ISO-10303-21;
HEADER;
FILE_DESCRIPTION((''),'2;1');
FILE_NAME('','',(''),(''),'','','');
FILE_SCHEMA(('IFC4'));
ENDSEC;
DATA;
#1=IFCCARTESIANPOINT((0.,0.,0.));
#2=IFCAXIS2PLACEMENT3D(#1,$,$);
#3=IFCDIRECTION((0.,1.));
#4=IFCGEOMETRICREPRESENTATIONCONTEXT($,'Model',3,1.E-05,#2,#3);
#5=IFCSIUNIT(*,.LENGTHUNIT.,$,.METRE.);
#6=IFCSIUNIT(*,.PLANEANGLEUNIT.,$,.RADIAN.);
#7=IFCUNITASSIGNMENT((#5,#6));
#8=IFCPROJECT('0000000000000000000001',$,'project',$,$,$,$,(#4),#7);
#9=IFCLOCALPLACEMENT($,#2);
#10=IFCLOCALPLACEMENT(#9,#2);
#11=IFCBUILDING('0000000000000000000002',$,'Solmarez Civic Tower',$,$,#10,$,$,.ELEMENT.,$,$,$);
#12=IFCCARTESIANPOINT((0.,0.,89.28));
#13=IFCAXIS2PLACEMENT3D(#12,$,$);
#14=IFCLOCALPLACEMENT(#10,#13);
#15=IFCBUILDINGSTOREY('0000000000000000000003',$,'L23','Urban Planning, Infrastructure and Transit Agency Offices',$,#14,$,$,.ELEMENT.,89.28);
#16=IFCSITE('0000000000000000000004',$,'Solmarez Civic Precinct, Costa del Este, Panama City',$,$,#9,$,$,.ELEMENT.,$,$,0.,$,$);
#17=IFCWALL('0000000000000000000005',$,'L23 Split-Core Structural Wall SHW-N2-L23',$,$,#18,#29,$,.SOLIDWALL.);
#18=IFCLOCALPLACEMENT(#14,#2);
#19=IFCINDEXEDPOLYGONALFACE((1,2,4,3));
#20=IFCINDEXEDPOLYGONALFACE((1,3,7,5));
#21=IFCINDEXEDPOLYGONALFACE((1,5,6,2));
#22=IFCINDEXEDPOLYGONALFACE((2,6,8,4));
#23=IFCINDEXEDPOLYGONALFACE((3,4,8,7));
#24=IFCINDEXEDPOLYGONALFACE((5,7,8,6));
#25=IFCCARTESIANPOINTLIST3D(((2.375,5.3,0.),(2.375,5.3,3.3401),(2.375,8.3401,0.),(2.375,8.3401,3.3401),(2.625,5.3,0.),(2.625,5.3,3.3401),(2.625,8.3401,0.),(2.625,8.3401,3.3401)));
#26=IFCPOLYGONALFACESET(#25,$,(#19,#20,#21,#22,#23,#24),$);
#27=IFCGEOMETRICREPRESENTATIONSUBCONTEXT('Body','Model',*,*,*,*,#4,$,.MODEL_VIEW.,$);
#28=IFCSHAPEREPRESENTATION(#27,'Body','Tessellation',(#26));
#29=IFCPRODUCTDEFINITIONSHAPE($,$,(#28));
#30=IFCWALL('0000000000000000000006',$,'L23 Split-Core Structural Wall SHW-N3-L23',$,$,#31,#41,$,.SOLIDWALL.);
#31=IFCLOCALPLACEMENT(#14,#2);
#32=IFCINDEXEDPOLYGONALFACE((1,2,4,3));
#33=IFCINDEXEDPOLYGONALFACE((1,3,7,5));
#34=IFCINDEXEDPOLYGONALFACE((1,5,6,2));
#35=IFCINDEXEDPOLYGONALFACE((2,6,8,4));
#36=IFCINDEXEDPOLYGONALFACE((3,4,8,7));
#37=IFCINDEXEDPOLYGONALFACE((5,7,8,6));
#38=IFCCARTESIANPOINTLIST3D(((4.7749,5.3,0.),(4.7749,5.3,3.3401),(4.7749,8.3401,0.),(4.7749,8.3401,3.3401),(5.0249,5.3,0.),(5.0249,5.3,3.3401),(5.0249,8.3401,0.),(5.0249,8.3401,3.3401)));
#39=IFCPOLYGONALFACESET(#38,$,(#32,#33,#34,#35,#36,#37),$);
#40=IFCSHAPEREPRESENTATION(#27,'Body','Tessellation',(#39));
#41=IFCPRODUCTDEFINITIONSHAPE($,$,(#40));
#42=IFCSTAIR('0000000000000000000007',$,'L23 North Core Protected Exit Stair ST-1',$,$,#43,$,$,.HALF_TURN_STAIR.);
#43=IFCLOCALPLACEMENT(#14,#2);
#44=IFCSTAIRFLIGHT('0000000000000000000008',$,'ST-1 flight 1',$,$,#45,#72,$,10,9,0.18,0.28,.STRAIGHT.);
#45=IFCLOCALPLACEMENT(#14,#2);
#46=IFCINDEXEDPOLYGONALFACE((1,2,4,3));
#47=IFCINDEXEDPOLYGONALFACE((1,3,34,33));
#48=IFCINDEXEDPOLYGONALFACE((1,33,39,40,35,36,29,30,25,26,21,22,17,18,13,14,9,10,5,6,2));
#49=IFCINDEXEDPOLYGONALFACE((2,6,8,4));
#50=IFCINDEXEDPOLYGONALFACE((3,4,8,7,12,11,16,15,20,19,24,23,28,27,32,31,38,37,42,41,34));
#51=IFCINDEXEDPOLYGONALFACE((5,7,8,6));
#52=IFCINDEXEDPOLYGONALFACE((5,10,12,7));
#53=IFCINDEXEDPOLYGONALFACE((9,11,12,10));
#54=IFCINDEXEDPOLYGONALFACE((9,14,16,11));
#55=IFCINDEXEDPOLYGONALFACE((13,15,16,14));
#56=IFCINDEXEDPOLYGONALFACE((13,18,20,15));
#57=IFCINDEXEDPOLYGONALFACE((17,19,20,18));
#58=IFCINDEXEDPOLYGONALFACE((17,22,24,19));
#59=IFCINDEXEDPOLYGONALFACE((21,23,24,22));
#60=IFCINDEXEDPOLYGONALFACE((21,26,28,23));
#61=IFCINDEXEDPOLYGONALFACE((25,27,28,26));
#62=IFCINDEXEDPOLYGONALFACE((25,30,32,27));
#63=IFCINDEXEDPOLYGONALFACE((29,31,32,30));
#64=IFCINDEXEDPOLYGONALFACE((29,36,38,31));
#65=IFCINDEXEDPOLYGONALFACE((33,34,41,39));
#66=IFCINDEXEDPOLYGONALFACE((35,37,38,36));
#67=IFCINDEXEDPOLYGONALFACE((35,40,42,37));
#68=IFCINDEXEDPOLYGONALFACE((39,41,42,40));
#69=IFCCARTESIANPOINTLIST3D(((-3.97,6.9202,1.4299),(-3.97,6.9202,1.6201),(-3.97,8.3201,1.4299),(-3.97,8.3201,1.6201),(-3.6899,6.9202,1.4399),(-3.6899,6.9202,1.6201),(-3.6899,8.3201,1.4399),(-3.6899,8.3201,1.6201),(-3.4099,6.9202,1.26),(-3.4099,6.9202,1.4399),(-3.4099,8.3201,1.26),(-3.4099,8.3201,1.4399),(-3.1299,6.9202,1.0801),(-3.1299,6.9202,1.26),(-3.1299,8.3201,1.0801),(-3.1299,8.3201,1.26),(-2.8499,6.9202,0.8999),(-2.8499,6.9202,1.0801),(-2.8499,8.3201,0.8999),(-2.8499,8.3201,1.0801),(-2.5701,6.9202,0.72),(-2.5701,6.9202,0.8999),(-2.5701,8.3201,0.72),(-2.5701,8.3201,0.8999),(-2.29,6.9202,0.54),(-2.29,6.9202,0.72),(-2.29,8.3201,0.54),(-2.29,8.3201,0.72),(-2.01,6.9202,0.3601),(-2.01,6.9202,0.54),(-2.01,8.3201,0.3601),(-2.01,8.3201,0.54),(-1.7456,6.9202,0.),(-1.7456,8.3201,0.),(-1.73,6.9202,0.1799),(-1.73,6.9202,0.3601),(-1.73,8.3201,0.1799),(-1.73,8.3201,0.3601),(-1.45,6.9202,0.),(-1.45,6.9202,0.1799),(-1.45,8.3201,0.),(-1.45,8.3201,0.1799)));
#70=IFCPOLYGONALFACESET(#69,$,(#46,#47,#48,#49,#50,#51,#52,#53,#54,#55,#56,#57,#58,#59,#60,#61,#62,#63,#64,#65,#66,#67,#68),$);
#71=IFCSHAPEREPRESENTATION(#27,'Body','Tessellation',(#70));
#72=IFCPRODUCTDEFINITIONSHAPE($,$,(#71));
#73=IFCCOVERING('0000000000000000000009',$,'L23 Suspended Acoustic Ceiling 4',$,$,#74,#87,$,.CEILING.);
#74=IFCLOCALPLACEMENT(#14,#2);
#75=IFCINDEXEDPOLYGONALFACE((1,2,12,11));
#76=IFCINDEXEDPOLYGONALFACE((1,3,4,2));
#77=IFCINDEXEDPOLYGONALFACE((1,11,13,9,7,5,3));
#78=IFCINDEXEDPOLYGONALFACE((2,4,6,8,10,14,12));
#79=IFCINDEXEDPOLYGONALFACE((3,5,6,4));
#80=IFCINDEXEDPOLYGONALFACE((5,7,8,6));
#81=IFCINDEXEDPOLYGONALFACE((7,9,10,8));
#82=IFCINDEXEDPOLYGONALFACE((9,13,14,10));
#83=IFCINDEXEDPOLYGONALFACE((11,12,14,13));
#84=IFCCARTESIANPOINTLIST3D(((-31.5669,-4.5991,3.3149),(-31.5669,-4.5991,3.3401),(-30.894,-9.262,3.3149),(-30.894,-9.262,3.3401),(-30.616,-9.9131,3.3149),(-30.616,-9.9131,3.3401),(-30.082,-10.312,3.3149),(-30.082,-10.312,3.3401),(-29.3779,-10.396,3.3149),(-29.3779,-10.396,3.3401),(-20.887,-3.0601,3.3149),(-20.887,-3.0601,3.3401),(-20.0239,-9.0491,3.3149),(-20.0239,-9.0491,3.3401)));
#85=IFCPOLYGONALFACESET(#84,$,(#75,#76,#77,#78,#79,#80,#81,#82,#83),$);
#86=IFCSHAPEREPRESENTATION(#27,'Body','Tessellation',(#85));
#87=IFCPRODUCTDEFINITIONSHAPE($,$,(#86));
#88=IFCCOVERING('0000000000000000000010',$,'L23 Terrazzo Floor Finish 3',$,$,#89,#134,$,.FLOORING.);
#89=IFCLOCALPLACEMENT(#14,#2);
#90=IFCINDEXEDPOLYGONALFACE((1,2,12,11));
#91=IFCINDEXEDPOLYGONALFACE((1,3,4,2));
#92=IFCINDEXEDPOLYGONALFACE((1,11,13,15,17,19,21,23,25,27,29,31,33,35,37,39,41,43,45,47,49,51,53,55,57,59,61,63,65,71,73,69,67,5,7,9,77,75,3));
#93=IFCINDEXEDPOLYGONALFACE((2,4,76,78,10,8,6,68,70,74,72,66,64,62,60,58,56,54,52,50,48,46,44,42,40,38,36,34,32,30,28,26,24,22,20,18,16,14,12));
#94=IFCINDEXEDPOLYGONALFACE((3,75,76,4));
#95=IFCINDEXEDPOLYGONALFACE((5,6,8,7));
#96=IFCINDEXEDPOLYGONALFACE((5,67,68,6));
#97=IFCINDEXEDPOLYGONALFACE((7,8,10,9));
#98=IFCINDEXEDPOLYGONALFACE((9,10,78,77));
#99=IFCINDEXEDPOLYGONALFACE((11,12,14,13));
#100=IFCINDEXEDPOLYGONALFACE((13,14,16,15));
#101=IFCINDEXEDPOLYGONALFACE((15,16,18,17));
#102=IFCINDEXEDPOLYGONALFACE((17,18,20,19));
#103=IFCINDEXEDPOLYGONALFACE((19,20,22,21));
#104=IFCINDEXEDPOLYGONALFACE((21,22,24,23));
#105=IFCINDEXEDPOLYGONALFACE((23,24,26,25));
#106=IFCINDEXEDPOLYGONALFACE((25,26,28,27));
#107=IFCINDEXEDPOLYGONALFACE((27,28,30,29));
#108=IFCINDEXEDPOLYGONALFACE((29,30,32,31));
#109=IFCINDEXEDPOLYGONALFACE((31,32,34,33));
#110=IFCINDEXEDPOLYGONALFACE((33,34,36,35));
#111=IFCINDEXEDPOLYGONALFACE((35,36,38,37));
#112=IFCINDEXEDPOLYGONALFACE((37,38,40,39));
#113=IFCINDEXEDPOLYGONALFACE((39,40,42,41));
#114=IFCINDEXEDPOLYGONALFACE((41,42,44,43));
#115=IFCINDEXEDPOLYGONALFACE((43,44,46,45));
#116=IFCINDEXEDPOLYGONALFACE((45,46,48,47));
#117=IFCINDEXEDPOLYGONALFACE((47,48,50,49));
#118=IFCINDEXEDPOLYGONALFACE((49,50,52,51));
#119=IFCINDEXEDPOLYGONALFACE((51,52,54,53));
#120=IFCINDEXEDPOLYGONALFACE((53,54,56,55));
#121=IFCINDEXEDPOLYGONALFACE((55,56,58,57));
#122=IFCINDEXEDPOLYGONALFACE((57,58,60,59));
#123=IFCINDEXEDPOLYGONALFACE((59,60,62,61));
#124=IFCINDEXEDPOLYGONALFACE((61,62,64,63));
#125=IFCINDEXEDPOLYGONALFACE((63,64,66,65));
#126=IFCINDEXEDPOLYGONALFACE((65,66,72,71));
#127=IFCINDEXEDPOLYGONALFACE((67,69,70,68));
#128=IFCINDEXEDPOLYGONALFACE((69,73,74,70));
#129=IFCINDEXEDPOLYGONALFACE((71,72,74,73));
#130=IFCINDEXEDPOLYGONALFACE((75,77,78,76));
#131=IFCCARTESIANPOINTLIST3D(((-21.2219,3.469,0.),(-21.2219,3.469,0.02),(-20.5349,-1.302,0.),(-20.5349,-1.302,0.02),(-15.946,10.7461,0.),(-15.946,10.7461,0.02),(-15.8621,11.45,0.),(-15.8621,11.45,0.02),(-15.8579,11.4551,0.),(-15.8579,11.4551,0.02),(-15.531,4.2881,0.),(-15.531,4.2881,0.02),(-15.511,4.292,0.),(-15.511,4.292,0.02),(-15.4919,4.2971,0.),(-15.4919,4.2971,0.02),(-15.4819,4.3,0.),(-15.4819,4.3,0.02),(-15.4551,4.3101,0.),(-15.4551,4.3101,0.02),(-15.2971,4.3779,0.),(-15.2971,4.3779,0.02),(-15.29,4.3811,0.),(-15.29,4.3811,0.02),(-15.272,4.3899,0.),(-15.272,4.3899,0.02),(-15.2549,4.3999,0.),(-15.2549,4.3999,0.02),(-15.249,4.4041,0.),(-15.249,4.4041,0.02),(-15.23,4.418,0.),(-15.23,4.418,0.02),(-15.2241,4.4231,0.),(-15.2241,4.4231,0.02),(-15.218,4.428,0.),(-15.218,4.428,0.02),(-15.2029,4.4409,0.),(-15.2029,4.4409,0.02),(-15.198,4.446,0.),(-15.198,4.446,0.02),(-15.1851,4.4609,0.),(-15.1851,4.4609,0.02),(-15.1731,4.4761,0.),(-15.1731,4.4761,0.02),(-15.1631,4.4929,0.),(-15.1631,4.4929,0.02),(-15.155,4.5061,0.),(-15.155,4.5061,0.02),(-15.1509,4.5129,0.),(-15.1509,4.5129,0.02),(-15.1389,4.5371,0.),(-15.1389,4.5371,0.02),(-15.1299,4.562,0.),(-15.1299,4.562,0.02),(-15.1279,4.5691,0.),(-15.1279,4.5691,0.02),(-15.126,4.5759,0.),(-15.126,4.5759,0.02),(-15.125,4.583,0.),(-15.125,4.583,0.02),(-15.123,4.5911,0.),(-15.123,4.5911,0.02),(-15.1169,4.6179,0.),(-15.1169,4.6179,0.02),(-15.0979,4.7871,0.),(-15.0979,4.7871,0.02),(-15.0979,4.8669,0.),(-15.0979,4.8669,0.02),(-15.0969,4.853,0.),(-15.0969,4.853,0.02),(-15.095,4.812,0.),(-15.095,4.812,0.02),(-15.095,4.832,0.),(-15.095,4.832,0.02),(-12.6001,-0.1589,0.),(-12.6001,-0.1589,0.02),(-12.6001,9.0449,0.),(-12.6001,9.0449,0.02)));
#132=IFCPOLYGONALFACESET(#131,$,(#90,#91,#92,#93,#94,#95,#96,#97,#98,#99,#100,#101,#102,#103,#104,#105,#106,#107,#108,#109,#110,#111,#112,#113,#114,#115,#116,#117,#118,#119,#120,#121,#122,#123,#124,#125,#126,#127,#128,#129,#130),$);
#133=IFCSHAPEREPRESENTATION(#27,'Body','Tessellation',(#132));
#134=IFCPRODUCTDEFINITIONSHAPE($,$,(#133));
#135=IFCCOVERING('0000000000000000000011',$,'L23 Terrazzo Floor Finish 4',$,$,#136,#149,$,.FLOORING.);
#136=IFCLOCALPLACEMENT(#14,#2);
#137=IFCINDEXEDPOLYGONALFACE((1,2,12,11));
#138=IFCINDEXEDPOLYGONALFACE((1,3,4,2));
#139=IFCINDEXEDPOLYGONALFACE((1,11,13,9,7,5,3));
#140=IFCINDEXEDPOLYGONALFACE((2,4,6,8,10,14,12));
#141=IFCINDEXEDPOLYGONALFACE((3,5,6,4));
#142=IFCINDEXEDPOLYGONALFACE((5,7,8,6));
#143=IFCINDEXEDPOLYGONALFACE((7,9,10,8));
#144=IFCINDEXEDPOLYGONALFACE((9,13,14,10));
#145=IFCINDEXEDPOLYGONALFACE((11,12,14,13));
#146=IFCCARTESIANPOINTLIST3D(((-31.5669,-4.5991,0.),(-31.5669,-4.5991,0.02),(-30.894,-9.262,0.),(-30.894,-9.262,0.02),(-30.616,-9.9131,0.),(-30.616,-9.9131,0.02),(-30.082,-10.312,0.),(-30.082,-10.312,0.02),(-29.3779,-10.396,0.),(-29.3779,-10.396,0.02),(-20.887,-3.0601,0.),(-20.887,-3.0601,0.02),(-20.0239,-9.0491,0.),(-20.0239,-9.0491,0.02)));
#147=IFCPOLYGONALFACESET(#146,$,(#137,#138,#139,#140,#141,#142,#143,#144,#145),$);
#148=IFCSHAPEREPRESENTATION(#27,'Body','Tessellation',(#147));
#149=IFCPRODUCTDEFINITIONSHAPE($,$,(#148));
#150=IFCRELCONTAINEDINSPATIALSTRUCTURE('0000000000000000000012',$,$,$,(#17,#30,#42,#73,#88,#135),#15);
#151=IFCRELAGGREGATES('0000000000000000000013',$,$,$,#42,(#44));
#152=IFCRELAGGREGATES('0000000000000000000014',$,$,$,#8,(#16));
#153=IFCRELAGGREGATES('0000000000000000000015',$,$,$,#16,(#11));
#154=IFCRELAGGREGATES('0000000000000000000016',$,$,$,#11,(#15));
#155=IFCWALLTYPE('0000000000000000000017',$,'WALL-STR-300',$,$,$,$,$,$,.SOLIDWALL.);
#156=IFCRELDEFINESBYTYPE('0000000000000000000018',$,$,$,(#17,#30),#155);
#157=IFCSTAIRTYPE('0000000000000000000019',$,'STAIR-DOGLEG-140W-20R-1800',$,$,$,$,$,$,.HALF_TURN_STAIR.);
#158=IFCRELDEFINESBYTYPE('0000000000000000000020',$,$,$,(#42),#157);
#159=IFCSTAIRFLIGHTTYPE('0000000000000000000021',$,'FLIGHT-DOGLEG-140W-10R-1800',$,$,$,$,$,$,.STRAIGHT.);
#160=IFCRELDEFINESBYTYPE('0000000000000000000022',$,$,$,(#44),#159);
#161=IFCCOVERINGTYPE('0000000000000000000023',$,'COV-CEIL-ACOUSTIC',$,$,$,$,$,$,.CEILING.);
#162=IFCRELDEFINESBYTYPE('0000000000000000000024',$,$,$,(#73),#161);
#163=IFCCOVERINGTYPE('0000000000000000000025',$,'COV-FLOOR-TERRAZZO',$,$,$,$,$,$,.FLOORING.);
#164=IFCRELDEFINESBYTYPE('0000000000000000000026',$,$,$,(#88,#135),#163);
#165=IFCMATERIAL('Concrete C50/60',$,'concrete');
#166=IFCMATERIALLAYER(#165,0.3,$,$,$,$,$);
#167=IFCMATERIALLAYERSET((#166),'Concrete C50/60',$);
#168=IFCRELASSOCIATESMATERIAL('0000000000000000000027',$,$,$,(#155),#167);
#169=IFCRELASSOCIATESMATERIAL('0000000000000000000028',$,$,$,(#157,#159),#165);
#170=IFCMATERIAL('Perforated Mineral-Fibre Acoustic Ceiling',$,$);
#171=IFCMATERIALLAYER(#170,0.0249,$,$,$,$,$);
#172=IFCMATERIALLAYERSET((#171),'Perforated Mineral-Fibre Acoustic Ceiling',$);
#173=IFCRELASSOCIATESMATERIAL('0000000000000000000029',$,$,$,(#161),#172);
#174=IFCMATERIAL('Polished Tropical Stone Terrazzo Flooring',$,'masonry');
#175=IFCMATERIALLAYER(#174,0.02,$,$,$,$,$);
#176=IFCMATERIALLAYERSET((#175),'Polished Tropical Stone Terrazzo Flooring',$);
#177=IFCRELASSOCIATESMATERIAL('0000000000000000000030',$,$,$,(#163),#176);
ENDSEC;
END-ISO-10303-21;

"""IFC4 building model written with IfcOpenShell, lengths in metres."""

from ifc_helpers import new_model, si_unit, direction, frame, frame_2d, origin, place, context, subcontext, project, spatial, polyline, rectangle, outline, extrude, material, layer, layer_set, type_object, element, aggregate, save


model = new_model("IFC4")

# Units and contexts
model_context = context("Model", 3, precision=1e-05, world=origin(), true_north=direction((0.0, 1.0)))
body_context = subcontext(model_context, "Body", "Model", "MODEL_VIEW")
ifc_project = project(units=[si_unit("LENGTHUNIT", "METRE"), si_unit("PLANEANGLEUNIT", "RADIAN")], contexts=[model_context])

# Site, building, storey
site_placement = place(None, origin())
site = spatial("IfcSite", under=ifc_project, at=site_placement, Name="Solmarez Civic Precinct, Costa del Este, Panama City", CompositionType="ELEMENT", RefElevation=0.0)
building_placement = place(site_placement, origin())
building = spatial("IfcBuilding", under=site, at=building_placement, Name="Solmarez Civic Tower", CompositionType="ELEMENT")
storey_placement = place(building_placement, frame((0.0, 0.0, 89.28)))
storey = spatial("IfcBuildingStorey", under=building, at=storey_placement, Name="L23", Description="Urban Planning, Infrastructure and Transit Agency Offices", CompositionType="ELEMENT", Elevation=89.28)

# Shared definitions
ifc_material_1 = material(Name="Concrete C50/60", Category="concrete")
ifc_layer_1 = layer(ifc_material_1, 0.3)
ifc_layer_set_1 = layer_set([ifc_layer_1], Name="Concrete C50/60")
wall_type_1 = type_object("IfcWallType", Name="WALL-STR-300", PredefinedType="SOLIDWALL", material=ifc_layer_set_1)

# Walls
for number, where, z_axis, x_axis, name in (
    (1, (2.5, 5.3, 0.0), (0.0, 0.0, 1.0), (0.0, 1.0, 0.0), "L23 Split-Core Structural Wall SHW-N2-L23"),
    (2, (4.8999, 5.3, 0.0), (0.0, 0.0, 1.0), (0.0, 1.0, 0.0), "L23 Split-Core Structural Wall SHW-N3-L23"),
):
    element("IfcWall", number, at=place(storey_placement, frame(where, z_axis=z_axis, x_axis=x_axis)), inside=storey, type_object=wall_type_1, Name=name, PredefinedType="SOLIDWALL", context=body_context, shape_type="SweptSolid", body=[
        extrude(rectangle(XDim=3.04, YDim=0.25, at=frame_2d((1.52, 0.0))), origin(), (0.0, 0.0, 1.0), 3.3401),
    ])

# Stair, stair flight
stair_type = type_object("IfcStairType", Name="STAIR-DOGLEG-140W-20R-1800", PredefinedType="HALF_TURN_STAIR", material=ifc_material_1)
stair_placement = place(storey_placement, origin())
stair = element("IfcStair", 3, at=stair_placement, inside=storey, type_object=stair_type, Name="L23 North Core Protected Exit Stair ST-1", PredefinedType="HALF_TURN_STAIR")
stair_flight_type = type_object("IfcStairFlightType", Name="FLIGHT-DOGLEG-140W-10R-1800", PredefinedType="STRAIGHT", material=ifc_material_1)
stair_flight_placement = place(storey_placement, frame((-1.45, 7.6201, 0.0), z_axis=(0.0, 0.0, 1.0), x_axis=(-1.0, 0.0, 0.0)))
stair_flight = element("IfcStairFlight", 4, at=stair_flight_placement, type_object=stair_flight_type, Name="ST-1 flight 1", NumberOfRisers=10, NumberOfTreads=9, PredefinedType="STRAIGHT", RiserHeight=0.18, TreadLength=0.28, context=body_context, shape_type="SweptSolid", body=[
    extrude(outline(polyline([(0.0, 0.0), (0.0, 0.1799), (0.28, 0.1799), (0.28, 0.3601), (0.5601, 0.3601), (0.5601, 0.54), (0.8401, 0.54), (0.8401, 0.72), (1.1201, 0.72), (1.1201, 0.8999), (1.3999, 0.8999), (1.3999, 1.0801), (1.6799, 1.0801), (1.6799, 1.26), (1.96, 1.26), (1.96, 1.4399), (2.24, 1.4399), (2.24, 1.6201), (2.52, 1.6201), (2.52, 1.8), (2.52, 1.4299), (0.2957, 0.0), (0.0, 0.0)])), frame((0.0, 0.7, 0.0), z_axis=(0.0, -1.0, 0.0), x_axis=(1.0, 0.0, 0.0)), (0.0, 0.0, 1.0), 1.3999),
])
aggregate(stair, [stair_flight])

# Coverings
ifc_material_2 = material(Name="Perforated Mineral-Fibre Acoustic Ceiling")
ifc_layer_2 = layer(ifc_material_2, 0.0249)
ifc_layer_set_2 = layer_set([ifc_layer_2], Name="Perforated Mineral-Fibre Acoustic Ceiling")
covering_type_1 = type_object("IfcCoveringType", Name="COV-CEIL-ACOUSTIC", PredefinedType="CEILING", material=ifc_layer_set_2)
covering_1_placement = place(storey_placement, frame((0.0, 0.0, 3.3149)))
element("IfcCovering", 5, at=covering_1_placement, inside=storey, type_object=covering_type_1, Name="L23 Suspended Acoustic Ceiling 4", PredefinedType="CEILING", context=body_context, shape_type="SweptSolid", body=[
    extrude(outline(polyline([(-31.5669, -4.5991), (-30.894, -9.262), (-30.616, -9.9131), (-30.082, -10.312), (-29.3779, -10.396), (-20.0239, -9.0491), (-20.887, -3.0601), (-31.5669, -4.5991)])), origin(), (0.0, 0.0, 1.0), 0.0251),
])
ifc_material_3 = material(Name="Polished Tropical Stone Terrazzo Flooring", Category="masonry")
ifc_layer_3 = layer(ifc_material_3, 0.02)
ifc_layer_set_3 = layer_set([ifc_layer_3], Name="Polished Tropical Stone Terrazzo Flooring")
covering_type_2 = type_object("IfcCoveringType", Name="COV-FLOOR-TERRAZZO", PredefinedType="FLOORING", material=ifc_layer_set_3)
covering_2_placement = place(storey_placement, origin())
element("IfcCovering", 6, at=covering_2_placement, inside=storey, type_object=covering_type_2, Name="L23 Terrazzo Floor Finish 3", PredefinedType="FLOORING", context=body_context, shape_type="SweptSolid", body=[
    extrude(outline(polyline([(-15.1631, 4.4929), (-15.1731, 4.4761), (-15.1851, 4.4609), (-15.198, 4.446), (-15.2029, 4.4409), (-15.218, 4.428), (-15.2241, 4.4231), (-15.23, 4.418), (-15.249, 4.4041), (-15.2549, 4.3999), (-15.272, 4.3899), (-15.29, 4.3811), (-15.2971, 4.3779), (-15.4551, 4.3101), (-15.4819, 4.3), (-15.4919, 4.2971), (-15.511, 4.292), (-15.531, 4.2881), (-21.2219, 3.469), (-20.5349, -1.302), (-12.6001, -0.1589), (-12.6001, 9.0449), (-15.8579, 11.4551), (-15.8621, 11.45), (-15.946, 10.7461), (-15.0979, 4.8669), (-15.0969, 4.853), (-15.095, 4.832), (-15.095, 4.812), (-15.0979, 4.7871), (-15.1169, 4.6179), (-15.123, 4.5911), (-15.125, 4.583), (-15.126, 4.5759), (-15.1279, 4.5691), (-15.1299, 4.562), (-15.1389, 4.5371), (-15.1509, 4.5129), (-15.155, 4.5061), (-15.1631, 4.4929)])), origin(), (0.0, 0.0, 1.0), 0.02),
])
covering_3_placement = place(storey_placement, origin())
element("IfcCovering", 7, at=covering_3_placement, inside=storey, type_object=covering_type_2, Name="L23 Terrazzo Floor Finish 4", PredefinedType="FLOORING", context=body_context, shape_type="SweptSolid", body=[
    extrude(outline(polyline([(-31.5669, -4.5991), (-30.894, -9.262), (-30.616, -9.9131), (-30.082, -10.312), (-29.3779, -10.396), (-20.0239, -9.0491), (-20.887, -3.0601), (-31.5669, -4.5991)])), origin(), (0.0, 0.0, 1.0), 0.02),
])

save(model, "model.ifc")
